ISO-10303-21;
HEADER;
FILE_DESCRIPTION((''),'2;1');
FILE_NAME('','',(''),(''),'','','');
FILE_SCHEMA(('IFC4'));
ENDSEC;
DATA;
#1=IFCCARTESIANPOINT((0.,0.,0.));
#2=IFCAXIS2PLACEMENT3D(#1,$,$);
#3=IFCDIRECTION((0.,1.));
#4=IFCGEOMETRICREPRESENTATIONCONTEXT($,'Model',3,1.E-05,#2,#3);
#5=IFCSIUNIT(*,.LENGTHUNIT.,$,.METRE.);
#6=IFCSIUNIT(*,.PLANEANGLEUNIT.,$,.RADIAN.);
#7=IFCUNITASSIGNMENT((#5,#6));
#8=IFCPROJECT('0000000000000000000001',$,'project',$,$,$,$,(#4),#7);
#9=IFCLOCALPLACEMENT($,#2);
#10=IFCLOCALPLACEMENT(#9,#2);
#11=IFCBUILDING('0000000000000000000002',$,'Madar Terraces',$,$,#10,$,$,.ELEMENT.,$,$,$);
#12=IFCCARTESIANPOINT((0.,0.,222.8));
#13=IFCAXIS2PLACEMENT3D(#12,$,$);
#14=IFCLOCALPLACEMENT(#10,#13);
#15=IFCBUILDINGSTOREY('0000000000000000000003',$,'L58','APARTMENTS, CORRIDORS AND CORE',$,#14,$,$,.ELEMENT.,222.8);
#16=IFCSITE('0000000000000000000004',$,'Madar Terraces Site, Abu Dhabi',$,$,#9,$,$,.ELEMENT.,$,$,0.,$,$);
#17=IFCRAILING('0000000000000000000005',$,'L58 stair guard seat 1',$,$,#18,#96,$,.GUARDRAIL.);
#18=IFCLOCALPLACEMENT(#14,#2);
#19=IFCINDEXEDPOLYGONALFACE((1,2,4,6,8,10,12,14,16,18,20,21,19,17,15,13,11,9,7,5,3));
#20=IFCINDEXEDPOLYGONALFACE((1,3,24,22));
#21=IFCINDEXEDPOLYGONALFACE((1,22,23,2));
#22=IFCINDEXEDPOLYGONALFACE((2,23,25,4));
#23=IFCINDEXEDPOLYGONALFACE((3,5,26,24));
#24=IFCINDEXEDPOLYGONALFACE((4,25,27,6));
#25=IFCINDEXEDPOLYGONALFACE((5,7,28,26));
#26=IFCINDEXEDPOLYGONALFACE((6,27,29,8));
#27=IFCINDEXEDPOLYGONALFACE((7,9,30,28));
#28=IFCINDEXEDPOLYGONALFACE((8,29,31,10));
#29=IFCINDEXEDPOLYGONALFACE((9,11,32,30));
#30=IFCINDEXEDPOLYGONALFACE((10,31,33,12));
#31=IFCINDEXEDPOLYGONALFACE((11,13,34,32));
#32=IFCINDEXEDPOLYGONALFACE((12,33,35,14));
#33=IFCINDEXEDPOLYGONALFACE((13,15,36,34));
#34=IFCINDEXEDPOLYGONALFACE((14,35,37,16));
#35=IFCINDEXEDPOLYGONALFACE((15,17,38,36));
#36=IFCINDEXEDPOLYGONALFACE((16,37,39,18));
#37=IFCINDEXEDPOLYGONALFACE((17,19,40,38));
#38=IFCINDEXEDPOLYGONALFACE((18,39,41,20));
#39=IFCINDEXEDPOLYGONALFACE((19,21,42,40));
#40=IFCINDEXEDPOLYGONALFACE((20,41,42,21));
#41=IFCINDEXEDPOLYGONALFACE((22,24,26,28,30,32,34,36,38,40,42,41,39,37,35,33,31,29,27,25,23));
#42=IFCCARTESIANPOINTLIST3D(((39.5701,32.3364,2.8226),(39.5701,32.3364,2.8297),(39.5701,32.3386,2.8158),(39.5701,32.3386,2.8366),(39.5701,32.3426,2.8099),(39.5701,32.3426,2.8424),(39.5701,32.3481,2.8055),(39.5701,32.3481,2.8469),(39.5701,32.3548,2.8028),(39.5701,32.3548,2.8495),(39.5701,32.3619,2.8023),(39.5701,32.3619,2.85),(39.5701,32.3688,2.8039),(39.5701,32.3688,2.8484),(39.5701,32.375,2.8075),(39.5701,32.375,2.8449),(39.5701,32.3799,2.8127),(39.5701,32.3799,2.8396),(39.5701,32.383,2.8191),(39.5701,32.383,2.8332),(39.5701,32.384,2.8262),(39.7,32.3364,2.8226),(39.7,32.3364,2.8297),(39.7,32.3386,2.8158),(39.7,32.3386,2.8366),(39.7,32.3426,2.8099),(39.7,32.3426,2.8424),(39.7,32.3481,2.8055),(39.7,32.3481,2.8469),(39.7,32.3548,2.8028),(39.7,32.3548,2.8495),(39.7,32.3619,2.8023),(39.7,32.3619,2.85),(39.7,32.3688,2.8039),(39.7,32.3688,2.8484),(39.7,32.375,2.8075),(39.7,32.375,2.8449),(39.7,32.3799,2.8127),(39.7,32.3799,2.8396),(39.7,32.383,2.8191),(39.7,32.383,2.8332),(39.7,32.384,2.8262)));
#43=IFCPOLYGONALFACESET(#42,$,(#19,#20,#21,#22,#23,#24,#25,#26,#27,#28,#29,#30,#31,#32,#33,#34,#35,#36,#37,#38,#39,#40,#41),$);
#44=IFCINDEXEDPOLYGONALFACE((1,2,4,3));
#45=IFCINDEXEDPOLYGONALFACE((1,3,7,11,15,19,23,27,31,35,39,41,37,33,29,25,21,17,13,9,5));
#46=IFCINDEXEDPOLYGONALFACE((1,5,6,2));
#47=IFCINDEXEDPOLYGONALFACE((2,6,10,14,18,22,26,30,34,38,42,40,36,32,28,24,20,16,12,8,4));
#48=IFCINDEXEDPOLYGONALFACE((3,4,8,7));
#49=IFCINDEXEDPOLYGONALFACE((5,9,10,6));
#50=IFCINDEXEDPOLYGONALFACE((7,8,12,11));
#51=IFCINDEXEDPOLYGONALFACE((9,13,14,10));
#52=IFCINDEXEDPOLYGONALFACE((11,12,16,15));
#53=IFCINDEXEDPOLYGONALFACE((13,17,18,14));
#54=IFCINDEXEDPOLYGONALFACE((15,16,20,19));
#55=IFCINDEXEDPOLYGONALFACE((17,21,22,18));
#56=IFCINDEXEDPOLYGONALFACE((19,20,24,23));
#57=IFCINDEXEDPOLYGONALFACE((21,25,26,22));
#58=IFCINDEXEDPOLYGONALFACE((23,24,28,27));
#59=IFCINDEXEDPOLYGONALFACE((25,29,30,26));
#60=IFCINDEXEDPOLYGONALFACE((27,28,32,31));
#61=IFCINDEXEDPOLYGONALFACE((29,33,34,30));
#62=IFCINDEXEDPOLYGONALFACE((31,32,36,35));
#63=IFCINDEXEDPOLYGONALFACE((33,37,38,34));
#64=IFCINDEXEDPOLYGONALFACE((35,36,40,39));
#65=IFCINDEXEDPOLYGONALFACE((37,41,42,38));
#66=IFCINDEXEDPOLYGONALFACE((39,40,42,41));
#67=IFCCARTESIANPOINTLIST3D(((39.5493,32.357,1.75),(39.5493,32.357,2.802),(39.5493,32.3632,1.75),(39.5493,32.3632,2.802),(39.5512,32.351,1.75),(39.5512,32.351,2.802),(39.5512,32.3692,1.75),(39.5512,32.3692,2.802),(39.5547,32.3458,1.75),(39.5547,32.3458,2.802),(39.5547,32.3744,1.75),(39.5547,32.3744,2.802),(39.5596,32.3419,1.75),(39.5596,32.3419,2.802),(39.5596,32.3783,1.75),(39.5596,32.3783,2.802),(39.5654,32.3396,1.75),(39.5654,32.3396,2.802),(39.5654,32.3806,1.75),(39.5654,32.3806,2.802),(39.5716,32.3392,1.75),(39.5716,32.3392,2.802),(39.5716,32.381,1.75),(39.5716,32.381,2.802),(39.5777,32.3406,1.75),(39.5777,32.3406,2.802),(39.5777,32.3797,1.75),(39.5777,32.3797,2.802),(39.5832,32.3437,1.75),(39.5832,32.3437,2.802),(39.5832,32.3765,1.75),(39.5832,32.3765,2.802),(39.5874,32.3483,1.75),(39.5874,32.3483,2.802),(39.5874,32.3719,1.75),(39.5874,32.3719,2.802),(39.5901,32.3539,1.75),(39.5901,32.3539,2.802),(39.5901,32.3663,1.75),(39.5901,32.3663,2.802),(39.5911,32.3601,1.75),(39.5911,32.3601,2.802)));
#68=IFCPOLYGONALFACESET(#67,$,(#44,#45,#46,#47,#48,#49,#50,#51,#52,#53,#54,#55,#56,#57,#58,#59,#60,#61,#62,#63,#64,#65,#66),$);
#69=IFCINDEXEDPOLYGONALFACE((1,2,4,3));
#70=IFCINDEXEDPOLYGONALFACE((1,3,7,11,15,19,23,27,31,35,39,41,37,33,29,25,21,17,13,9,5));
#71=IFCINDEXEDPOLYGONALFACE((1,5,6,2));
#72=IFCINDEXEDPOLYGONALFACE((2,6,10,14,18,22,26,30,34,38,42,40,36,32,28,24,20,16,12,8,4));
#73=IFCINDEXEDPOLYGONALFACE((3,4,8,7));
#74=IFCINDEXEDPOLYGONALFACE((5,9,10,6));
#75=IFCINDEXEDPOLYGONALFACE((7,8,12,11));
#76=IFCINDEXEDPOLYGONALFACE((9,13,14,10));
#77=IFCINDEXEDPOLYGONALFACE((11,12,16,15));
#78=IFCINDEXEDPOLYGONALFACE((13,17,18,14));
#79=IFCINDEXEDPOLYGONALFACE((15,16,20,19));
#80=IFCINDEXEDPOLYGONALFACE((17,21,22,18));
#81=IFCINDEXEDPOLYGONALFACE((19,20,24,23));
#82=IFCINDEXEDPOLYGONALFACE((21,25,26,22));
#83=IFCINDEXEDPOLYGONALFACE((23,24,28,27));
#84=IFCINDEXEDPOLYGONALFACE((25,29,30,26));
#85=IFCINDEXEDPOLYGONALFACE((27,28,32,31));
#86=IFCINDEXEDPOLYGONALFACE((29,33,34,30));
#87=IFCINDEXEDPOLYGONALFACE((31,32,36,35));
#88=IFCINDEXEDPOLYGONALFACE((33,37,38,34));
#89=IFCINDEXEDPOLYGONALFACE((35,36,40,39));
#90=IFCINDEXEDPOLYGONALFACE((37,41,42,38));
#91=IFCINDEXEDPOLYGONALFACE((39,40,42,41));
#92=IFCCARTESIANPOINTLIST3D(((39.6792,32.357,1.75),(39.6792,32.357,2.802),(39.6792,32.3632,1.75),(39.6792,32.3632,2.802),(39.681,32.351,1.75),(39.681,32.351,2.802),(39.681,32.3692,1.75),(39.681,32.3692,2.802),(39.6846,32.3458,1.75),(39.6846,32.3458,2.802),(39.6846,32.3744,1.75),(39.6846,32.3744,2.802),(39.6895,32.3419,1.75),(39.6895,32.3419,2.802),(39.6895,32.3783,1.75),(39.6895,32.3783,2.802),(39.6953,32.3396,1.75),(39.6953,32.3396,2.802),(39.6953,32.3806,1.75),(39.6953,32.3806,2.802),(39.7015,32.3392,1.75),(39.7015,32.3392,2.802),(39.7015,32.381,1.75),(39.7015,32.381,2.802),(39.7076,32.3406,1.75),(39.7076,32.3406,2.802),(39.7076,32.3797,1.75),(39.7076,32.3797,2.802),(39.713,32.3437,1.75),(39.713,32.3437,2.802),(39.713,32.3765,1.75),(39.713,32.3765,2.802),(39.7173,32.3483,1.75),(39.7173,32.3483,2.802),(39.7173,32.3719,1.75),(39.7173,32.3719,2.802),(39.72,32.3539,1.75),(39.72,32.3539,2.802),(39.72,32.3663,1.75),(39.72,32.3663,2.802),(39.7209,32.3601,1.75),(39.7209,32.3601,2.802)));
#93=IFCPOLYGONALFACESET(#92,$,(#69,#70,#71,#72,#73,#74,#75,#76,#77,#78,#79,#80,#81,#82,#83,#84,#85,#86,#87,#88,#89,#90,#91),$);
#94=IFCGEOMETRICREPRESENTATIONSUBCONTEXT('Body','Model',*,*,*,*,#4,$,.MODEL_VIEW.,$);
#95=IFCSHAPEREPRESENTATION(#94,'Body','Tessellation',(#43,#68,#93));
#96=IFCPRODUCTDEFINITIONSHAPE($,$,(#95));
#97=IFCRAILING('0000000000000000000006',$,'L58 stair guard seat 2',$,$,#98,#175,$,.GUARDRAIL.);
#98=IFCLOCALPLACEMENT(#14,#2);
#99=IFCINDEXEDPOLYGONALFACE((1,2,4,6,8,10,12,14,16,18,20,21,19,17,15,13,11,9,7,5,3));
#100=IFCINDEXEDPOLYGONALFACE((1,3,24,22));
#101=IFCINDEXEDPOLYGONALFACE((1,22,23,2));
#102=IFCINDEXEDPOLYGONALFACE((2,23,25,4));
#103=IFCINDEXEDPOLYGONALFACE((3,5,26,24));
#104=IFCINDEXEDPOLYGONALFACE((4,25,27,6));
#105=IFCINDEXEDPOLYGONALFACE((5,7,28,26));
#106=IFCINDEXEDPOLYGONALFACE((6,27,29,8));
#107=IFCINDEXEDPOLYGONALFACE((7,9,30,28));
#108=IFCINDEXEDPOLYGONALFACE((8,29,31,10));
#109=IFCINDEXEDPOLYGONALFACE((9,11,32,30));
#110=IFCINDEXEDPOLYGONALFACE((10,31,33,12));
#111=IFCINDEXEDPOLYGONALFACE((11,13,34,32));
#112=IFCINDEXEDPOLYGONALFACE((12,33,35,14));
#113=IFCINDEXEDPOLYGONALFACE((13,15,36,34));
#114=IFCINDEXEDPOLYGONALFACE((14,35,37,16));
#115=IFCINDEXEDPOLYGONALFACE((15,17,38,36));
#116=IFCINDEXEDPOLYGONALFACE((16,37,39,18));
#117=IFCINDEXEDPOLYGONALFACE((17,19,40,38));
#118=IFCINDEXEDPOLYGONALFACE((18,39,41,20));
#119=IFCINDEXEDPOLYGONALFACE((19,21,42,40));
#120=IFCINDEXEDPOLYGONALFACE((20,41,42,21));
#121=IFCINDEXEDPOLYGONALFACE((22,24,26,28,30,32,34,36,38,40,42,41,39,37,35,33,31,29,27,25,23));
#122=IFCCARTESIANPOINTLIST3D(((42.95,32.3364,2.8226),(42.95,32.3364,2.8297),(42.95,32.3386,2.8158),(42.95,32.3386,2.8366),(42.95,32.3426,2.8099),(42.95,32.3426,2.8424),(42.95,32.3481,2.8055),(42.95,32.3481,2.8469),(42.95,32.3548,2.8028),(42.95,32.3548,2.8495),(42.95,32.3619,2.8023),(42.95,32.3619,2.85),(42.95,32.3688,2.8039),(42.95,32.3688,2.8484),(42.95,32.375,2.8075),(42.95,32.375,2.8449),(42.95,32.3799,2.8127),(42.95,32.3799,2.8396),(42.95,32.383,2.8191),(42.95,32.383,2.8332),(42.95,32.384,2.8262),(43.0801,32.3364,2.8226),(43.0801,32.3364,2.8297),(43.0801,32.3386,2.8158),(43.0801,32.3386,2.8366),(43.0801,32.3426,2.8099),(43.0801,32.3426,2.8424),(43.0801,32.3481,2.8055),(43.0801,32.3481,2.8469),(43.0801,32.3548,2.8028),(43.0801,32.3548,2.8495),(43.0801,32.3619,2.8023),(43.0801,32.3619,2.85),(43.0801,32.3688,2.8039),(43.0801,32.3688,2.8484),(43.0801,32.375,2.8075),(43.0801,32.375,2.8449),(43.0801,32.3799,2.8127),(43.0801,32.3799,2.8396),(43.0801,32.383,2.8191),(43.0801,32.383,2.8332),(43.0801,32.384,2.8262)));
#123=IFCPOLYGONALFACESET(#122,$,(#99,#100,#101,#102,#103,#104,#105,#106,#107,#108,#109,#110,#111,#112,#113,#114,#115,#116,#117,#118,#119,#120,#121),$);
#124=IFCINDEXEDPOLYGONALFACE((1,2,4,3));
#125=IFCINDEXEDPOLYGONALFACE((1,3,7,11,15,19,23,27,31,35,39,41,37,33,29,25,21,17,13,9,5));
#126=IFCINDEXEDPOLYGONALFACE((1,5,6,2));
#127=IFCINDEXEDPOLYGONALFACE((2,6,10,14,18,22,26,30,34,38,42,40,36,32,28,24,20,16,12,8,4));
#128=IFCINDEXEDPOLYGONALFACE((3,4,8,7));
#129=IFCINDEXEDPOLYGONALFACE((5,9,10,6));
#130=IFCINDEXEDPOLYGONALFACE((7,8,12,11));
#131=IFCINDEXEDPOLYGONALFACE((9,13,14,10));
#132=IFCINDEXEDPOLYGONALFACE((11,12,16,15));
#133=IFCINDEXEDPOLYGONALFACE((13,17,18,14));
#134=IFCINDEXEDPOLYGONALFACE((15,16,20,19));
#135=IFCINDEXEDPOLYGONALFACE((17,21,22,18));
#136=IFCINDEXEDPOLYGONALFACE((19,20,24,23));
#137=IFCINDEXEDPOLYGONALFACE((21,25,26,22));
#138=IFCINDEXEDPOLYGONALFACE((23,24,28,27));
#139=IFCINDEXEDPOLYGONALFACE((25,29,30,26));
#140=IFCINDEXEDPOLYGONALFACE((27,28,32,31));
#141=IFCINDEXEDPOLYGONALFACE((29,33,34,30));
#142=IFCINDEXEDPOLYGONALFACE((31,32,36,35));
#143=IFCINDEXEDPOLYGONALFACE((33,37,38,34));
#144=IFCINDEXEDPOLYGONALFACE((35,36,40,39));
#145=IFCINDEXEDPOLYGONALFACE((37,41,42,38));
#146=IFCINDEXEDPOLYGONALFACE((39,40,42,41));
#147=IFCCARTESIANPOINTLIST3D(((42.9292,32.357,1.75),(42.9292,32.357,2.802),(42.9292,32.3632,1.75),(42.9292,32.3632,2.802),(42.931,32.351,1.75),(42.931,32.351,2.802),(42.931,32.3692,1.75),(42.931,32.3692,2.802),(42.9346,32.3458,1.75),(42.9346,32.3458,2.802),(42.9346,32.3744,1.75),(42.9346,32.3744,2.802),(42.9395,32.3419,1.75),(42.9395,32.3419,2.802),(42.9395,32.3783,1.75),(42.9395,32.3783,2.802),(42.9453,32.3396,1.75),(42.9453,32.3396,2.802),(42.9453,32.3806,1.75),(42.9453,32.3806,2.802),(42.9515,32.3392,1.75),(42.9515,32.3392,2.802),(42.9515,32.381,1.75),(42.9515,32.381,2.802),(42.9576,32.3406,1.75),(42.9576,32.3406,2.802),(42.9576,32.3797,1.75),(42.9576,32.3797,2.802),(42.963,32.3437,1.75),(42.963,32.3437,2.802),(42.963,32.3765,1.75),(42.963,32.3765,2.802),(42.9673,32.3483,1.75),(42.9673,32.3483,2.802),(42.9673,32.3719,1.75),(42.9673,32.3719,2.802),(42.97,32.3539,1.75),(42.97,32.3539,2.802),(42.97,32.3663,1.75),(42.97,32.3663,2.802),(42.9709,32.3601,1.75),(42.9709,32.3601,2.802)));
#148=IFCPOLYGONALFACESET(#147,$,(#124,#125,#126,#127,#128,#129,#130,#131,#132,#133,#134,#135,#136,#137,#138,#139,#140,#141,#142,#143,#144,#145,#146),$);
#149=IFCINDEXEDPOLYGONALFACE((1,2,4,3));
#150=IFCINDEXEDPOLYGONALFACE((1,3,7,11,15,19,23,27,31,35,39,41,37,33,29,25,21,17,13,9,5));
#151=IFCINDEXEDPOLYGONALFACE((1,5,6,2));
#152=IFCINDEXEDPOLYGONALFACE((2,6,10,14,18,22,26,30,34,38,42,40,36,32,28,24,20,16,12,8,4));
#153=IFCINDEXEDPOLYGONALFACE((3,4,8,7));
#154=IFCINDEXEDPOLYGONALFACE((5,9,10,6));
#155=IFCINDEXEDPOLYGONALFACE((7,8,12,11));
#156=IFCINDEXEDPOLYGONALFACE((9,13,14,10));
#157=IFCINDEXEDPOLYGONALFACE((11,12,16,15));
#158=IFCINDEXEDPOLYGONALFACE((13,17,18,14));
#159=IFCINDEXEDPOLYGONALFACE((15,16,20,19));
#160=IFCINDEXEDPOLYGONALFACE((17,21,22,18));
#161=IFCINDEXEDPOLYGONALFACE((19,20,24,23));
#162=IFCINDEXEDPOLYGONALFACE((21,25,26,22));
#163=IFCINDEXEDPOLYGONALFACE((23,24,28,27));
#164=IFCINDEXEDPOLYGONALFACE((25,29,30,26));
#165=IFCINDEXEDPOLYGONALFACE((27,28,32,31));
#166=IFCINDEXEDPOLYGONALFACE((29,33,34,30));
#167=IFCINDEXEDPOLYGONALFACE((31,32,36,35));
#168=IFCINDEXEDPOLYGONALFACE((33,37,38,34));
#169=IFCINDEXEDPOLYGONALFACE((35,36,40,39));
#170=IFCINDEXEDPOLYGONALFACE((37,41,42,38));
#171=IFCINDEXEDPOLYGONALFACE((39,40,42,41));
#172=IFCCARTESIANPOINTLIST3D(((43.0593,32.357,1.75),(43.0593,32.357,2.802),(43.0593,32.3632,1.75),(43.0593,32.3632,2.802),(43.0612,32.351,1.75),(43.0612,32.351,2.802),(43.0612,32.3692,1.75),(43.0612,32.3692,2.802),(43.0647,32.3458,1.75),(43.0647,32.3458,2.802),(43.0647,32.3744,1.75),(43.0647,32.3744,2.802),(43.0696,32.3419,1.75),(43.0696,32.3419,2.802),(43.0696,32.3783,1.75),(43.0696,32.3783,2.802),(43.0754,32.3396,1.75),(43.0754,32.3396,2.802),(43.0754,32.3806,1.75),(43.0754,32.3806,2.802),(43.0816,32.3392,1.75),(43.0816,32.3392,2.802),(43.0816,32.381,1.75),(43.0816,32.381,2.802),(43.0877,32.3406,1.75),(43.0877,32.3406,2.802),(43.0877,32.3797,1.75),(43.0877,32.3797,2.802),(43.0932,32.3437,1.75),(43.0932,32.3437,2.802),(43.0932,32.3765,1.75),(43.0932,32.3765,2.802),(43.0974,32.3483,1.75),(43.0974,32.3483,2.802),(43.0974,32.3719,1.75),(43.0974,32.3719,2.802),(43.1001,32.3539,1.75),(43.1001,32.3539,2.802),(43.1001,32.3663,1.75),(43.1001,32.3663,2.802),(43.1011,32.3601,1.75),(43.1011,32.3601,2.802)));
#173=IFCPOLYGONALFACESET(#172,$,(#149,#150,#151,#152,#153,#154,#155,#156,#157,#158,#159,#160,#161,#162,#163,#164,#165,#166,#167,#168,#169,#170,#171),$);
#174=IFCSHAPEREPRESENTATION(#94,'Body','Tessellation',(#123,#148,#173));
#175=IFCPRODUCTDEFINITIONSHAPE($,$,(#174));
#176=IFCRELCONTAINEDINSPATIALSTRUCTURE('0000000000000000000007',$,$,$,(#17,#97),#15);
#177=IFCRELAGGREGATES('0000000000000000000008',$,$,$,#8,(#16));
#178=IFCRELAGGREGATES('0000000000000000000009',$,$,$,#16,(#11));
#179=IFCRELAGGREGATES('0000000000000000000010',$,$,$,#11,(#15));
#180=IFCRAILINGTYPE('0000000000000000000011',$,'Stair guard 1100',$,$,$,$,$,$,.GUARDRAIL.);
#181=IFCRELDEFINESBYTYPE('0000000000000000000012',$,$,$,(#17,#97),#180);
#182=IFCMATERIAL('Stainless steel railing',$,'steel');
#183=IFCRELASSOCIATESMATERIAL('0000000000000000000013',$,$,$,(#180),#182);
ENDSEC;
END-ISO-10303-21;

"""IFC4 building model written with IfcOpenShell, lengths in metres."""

from ifc_helpers import new_model, si_unit, direction, frame, origin, origin_2d, place, context, subcontext, project, spatial, circle, extrude, material, type_object, element, save


model = new_model("IFC4")

# Units and contexts
model_context = context("Model", 3, precision=1e-05, world=origin(), true_north=direction((0.0, 1.0)))
body_context = subcontext(model_context, "Body", "Model", "MODEL_VIEW")
ifc_project = project(units=[si_unit("LENGTHUNIT", "METRE"), si_unit("PLANEANGLEUNIT", "RADIAN")], contexts=[model_context])

# Site, building, storey
site_placement = place(None, origin())
site = spatial("IfcSite", under=ifc_project, at=site_placement, Name="Madar Terraces Site, Abu Dhabi", CompositionType="ELEMENT", RefElevation=0.0)
building_placement = place(site_placement, origin())
building = spatial("IfcBuilding", under=site, at=building_placement, Name="Madar Terraces", CompositionType="ELEMENT")
storey_placement = place(building_placement, frame((0.0, 0.0, 222.8)))
storey = spatial("IfcBuildingStorey", under=building, at=storey_placement, Name="L58", Description="APARTMENTS, CORRIDORS AND CORE", CompositionType="ELEMENT", Elevation=222.8)

# Railings
ifc_material_1 = material(Name="Stainless steel railing", Category="steel")
railing_type_1 = type_object("IfcRailingType", Name="Stair guard 1100", PredefinedType="GUARDRAIL", material=ifc_material_1)
railing_1_placement = place(storey_placement, frame((39.5701, 32.3601, 1.75)))
element("IfcRailing", 1, at=railing_1_placement, inside=storey, type_object=railing_type_1, Name="L58 stair guard seat 1", PredefinedType="GUARDRAIL", context=body_context, shape_type="SweptSolid", body=[
    extrude(circle(Radius=0.0239, at=origin_2d()), frame((0.0, 0.0, 1.0762), z_axis=(1.0, 0.0, 0.0), x_axis=(0.0, 1.0, 0.0)), (0.0, 0.0, 1.0), 0.1299),
    extrude(circle(Radius=0.021, at=origin_2d()), origin(), (0.0, 0.0, 1.0), 1.052),
    extrude(circle(Radius=0.021, at=origin_2d()), frame((0.1299, 0.0, 0.0)), (0.0, 0.0, 1.0), 1.052),
])
railing_2_placement = place(storey_placement, frame((42.95, 32.3601, 1.75)))
element("IfcRailing", 2, at=railing_2_placement, inside=storey, type_object=railing_type_1, Name="L58 stair guard seat 2", PredefinedType="GUARDRAIL", context=body_context, shape_type="SweptSolid", body=[
    extrude(circle(Radius=0.0239, at=origin_2d()), frame((0.0, 0.0, 1.0762), z_axis=(1.0, 0.0, 0.0), x_axis=(0.0, 1.0, 0.0)), (0.0, 0.0, 1.0), 0.1301),
    extrude(circle(Radius=0.021, at=origin_2d()), origin(), (0.0, 0.0, 1.0), 1.052),
    extrude(circle(Radius=0.021, at=origin_2d()), frame((0.1301, 0.0, 0.0)), (0.0, 0.0, 1.0), 1.052),
])

save(model, "model.ifc")
